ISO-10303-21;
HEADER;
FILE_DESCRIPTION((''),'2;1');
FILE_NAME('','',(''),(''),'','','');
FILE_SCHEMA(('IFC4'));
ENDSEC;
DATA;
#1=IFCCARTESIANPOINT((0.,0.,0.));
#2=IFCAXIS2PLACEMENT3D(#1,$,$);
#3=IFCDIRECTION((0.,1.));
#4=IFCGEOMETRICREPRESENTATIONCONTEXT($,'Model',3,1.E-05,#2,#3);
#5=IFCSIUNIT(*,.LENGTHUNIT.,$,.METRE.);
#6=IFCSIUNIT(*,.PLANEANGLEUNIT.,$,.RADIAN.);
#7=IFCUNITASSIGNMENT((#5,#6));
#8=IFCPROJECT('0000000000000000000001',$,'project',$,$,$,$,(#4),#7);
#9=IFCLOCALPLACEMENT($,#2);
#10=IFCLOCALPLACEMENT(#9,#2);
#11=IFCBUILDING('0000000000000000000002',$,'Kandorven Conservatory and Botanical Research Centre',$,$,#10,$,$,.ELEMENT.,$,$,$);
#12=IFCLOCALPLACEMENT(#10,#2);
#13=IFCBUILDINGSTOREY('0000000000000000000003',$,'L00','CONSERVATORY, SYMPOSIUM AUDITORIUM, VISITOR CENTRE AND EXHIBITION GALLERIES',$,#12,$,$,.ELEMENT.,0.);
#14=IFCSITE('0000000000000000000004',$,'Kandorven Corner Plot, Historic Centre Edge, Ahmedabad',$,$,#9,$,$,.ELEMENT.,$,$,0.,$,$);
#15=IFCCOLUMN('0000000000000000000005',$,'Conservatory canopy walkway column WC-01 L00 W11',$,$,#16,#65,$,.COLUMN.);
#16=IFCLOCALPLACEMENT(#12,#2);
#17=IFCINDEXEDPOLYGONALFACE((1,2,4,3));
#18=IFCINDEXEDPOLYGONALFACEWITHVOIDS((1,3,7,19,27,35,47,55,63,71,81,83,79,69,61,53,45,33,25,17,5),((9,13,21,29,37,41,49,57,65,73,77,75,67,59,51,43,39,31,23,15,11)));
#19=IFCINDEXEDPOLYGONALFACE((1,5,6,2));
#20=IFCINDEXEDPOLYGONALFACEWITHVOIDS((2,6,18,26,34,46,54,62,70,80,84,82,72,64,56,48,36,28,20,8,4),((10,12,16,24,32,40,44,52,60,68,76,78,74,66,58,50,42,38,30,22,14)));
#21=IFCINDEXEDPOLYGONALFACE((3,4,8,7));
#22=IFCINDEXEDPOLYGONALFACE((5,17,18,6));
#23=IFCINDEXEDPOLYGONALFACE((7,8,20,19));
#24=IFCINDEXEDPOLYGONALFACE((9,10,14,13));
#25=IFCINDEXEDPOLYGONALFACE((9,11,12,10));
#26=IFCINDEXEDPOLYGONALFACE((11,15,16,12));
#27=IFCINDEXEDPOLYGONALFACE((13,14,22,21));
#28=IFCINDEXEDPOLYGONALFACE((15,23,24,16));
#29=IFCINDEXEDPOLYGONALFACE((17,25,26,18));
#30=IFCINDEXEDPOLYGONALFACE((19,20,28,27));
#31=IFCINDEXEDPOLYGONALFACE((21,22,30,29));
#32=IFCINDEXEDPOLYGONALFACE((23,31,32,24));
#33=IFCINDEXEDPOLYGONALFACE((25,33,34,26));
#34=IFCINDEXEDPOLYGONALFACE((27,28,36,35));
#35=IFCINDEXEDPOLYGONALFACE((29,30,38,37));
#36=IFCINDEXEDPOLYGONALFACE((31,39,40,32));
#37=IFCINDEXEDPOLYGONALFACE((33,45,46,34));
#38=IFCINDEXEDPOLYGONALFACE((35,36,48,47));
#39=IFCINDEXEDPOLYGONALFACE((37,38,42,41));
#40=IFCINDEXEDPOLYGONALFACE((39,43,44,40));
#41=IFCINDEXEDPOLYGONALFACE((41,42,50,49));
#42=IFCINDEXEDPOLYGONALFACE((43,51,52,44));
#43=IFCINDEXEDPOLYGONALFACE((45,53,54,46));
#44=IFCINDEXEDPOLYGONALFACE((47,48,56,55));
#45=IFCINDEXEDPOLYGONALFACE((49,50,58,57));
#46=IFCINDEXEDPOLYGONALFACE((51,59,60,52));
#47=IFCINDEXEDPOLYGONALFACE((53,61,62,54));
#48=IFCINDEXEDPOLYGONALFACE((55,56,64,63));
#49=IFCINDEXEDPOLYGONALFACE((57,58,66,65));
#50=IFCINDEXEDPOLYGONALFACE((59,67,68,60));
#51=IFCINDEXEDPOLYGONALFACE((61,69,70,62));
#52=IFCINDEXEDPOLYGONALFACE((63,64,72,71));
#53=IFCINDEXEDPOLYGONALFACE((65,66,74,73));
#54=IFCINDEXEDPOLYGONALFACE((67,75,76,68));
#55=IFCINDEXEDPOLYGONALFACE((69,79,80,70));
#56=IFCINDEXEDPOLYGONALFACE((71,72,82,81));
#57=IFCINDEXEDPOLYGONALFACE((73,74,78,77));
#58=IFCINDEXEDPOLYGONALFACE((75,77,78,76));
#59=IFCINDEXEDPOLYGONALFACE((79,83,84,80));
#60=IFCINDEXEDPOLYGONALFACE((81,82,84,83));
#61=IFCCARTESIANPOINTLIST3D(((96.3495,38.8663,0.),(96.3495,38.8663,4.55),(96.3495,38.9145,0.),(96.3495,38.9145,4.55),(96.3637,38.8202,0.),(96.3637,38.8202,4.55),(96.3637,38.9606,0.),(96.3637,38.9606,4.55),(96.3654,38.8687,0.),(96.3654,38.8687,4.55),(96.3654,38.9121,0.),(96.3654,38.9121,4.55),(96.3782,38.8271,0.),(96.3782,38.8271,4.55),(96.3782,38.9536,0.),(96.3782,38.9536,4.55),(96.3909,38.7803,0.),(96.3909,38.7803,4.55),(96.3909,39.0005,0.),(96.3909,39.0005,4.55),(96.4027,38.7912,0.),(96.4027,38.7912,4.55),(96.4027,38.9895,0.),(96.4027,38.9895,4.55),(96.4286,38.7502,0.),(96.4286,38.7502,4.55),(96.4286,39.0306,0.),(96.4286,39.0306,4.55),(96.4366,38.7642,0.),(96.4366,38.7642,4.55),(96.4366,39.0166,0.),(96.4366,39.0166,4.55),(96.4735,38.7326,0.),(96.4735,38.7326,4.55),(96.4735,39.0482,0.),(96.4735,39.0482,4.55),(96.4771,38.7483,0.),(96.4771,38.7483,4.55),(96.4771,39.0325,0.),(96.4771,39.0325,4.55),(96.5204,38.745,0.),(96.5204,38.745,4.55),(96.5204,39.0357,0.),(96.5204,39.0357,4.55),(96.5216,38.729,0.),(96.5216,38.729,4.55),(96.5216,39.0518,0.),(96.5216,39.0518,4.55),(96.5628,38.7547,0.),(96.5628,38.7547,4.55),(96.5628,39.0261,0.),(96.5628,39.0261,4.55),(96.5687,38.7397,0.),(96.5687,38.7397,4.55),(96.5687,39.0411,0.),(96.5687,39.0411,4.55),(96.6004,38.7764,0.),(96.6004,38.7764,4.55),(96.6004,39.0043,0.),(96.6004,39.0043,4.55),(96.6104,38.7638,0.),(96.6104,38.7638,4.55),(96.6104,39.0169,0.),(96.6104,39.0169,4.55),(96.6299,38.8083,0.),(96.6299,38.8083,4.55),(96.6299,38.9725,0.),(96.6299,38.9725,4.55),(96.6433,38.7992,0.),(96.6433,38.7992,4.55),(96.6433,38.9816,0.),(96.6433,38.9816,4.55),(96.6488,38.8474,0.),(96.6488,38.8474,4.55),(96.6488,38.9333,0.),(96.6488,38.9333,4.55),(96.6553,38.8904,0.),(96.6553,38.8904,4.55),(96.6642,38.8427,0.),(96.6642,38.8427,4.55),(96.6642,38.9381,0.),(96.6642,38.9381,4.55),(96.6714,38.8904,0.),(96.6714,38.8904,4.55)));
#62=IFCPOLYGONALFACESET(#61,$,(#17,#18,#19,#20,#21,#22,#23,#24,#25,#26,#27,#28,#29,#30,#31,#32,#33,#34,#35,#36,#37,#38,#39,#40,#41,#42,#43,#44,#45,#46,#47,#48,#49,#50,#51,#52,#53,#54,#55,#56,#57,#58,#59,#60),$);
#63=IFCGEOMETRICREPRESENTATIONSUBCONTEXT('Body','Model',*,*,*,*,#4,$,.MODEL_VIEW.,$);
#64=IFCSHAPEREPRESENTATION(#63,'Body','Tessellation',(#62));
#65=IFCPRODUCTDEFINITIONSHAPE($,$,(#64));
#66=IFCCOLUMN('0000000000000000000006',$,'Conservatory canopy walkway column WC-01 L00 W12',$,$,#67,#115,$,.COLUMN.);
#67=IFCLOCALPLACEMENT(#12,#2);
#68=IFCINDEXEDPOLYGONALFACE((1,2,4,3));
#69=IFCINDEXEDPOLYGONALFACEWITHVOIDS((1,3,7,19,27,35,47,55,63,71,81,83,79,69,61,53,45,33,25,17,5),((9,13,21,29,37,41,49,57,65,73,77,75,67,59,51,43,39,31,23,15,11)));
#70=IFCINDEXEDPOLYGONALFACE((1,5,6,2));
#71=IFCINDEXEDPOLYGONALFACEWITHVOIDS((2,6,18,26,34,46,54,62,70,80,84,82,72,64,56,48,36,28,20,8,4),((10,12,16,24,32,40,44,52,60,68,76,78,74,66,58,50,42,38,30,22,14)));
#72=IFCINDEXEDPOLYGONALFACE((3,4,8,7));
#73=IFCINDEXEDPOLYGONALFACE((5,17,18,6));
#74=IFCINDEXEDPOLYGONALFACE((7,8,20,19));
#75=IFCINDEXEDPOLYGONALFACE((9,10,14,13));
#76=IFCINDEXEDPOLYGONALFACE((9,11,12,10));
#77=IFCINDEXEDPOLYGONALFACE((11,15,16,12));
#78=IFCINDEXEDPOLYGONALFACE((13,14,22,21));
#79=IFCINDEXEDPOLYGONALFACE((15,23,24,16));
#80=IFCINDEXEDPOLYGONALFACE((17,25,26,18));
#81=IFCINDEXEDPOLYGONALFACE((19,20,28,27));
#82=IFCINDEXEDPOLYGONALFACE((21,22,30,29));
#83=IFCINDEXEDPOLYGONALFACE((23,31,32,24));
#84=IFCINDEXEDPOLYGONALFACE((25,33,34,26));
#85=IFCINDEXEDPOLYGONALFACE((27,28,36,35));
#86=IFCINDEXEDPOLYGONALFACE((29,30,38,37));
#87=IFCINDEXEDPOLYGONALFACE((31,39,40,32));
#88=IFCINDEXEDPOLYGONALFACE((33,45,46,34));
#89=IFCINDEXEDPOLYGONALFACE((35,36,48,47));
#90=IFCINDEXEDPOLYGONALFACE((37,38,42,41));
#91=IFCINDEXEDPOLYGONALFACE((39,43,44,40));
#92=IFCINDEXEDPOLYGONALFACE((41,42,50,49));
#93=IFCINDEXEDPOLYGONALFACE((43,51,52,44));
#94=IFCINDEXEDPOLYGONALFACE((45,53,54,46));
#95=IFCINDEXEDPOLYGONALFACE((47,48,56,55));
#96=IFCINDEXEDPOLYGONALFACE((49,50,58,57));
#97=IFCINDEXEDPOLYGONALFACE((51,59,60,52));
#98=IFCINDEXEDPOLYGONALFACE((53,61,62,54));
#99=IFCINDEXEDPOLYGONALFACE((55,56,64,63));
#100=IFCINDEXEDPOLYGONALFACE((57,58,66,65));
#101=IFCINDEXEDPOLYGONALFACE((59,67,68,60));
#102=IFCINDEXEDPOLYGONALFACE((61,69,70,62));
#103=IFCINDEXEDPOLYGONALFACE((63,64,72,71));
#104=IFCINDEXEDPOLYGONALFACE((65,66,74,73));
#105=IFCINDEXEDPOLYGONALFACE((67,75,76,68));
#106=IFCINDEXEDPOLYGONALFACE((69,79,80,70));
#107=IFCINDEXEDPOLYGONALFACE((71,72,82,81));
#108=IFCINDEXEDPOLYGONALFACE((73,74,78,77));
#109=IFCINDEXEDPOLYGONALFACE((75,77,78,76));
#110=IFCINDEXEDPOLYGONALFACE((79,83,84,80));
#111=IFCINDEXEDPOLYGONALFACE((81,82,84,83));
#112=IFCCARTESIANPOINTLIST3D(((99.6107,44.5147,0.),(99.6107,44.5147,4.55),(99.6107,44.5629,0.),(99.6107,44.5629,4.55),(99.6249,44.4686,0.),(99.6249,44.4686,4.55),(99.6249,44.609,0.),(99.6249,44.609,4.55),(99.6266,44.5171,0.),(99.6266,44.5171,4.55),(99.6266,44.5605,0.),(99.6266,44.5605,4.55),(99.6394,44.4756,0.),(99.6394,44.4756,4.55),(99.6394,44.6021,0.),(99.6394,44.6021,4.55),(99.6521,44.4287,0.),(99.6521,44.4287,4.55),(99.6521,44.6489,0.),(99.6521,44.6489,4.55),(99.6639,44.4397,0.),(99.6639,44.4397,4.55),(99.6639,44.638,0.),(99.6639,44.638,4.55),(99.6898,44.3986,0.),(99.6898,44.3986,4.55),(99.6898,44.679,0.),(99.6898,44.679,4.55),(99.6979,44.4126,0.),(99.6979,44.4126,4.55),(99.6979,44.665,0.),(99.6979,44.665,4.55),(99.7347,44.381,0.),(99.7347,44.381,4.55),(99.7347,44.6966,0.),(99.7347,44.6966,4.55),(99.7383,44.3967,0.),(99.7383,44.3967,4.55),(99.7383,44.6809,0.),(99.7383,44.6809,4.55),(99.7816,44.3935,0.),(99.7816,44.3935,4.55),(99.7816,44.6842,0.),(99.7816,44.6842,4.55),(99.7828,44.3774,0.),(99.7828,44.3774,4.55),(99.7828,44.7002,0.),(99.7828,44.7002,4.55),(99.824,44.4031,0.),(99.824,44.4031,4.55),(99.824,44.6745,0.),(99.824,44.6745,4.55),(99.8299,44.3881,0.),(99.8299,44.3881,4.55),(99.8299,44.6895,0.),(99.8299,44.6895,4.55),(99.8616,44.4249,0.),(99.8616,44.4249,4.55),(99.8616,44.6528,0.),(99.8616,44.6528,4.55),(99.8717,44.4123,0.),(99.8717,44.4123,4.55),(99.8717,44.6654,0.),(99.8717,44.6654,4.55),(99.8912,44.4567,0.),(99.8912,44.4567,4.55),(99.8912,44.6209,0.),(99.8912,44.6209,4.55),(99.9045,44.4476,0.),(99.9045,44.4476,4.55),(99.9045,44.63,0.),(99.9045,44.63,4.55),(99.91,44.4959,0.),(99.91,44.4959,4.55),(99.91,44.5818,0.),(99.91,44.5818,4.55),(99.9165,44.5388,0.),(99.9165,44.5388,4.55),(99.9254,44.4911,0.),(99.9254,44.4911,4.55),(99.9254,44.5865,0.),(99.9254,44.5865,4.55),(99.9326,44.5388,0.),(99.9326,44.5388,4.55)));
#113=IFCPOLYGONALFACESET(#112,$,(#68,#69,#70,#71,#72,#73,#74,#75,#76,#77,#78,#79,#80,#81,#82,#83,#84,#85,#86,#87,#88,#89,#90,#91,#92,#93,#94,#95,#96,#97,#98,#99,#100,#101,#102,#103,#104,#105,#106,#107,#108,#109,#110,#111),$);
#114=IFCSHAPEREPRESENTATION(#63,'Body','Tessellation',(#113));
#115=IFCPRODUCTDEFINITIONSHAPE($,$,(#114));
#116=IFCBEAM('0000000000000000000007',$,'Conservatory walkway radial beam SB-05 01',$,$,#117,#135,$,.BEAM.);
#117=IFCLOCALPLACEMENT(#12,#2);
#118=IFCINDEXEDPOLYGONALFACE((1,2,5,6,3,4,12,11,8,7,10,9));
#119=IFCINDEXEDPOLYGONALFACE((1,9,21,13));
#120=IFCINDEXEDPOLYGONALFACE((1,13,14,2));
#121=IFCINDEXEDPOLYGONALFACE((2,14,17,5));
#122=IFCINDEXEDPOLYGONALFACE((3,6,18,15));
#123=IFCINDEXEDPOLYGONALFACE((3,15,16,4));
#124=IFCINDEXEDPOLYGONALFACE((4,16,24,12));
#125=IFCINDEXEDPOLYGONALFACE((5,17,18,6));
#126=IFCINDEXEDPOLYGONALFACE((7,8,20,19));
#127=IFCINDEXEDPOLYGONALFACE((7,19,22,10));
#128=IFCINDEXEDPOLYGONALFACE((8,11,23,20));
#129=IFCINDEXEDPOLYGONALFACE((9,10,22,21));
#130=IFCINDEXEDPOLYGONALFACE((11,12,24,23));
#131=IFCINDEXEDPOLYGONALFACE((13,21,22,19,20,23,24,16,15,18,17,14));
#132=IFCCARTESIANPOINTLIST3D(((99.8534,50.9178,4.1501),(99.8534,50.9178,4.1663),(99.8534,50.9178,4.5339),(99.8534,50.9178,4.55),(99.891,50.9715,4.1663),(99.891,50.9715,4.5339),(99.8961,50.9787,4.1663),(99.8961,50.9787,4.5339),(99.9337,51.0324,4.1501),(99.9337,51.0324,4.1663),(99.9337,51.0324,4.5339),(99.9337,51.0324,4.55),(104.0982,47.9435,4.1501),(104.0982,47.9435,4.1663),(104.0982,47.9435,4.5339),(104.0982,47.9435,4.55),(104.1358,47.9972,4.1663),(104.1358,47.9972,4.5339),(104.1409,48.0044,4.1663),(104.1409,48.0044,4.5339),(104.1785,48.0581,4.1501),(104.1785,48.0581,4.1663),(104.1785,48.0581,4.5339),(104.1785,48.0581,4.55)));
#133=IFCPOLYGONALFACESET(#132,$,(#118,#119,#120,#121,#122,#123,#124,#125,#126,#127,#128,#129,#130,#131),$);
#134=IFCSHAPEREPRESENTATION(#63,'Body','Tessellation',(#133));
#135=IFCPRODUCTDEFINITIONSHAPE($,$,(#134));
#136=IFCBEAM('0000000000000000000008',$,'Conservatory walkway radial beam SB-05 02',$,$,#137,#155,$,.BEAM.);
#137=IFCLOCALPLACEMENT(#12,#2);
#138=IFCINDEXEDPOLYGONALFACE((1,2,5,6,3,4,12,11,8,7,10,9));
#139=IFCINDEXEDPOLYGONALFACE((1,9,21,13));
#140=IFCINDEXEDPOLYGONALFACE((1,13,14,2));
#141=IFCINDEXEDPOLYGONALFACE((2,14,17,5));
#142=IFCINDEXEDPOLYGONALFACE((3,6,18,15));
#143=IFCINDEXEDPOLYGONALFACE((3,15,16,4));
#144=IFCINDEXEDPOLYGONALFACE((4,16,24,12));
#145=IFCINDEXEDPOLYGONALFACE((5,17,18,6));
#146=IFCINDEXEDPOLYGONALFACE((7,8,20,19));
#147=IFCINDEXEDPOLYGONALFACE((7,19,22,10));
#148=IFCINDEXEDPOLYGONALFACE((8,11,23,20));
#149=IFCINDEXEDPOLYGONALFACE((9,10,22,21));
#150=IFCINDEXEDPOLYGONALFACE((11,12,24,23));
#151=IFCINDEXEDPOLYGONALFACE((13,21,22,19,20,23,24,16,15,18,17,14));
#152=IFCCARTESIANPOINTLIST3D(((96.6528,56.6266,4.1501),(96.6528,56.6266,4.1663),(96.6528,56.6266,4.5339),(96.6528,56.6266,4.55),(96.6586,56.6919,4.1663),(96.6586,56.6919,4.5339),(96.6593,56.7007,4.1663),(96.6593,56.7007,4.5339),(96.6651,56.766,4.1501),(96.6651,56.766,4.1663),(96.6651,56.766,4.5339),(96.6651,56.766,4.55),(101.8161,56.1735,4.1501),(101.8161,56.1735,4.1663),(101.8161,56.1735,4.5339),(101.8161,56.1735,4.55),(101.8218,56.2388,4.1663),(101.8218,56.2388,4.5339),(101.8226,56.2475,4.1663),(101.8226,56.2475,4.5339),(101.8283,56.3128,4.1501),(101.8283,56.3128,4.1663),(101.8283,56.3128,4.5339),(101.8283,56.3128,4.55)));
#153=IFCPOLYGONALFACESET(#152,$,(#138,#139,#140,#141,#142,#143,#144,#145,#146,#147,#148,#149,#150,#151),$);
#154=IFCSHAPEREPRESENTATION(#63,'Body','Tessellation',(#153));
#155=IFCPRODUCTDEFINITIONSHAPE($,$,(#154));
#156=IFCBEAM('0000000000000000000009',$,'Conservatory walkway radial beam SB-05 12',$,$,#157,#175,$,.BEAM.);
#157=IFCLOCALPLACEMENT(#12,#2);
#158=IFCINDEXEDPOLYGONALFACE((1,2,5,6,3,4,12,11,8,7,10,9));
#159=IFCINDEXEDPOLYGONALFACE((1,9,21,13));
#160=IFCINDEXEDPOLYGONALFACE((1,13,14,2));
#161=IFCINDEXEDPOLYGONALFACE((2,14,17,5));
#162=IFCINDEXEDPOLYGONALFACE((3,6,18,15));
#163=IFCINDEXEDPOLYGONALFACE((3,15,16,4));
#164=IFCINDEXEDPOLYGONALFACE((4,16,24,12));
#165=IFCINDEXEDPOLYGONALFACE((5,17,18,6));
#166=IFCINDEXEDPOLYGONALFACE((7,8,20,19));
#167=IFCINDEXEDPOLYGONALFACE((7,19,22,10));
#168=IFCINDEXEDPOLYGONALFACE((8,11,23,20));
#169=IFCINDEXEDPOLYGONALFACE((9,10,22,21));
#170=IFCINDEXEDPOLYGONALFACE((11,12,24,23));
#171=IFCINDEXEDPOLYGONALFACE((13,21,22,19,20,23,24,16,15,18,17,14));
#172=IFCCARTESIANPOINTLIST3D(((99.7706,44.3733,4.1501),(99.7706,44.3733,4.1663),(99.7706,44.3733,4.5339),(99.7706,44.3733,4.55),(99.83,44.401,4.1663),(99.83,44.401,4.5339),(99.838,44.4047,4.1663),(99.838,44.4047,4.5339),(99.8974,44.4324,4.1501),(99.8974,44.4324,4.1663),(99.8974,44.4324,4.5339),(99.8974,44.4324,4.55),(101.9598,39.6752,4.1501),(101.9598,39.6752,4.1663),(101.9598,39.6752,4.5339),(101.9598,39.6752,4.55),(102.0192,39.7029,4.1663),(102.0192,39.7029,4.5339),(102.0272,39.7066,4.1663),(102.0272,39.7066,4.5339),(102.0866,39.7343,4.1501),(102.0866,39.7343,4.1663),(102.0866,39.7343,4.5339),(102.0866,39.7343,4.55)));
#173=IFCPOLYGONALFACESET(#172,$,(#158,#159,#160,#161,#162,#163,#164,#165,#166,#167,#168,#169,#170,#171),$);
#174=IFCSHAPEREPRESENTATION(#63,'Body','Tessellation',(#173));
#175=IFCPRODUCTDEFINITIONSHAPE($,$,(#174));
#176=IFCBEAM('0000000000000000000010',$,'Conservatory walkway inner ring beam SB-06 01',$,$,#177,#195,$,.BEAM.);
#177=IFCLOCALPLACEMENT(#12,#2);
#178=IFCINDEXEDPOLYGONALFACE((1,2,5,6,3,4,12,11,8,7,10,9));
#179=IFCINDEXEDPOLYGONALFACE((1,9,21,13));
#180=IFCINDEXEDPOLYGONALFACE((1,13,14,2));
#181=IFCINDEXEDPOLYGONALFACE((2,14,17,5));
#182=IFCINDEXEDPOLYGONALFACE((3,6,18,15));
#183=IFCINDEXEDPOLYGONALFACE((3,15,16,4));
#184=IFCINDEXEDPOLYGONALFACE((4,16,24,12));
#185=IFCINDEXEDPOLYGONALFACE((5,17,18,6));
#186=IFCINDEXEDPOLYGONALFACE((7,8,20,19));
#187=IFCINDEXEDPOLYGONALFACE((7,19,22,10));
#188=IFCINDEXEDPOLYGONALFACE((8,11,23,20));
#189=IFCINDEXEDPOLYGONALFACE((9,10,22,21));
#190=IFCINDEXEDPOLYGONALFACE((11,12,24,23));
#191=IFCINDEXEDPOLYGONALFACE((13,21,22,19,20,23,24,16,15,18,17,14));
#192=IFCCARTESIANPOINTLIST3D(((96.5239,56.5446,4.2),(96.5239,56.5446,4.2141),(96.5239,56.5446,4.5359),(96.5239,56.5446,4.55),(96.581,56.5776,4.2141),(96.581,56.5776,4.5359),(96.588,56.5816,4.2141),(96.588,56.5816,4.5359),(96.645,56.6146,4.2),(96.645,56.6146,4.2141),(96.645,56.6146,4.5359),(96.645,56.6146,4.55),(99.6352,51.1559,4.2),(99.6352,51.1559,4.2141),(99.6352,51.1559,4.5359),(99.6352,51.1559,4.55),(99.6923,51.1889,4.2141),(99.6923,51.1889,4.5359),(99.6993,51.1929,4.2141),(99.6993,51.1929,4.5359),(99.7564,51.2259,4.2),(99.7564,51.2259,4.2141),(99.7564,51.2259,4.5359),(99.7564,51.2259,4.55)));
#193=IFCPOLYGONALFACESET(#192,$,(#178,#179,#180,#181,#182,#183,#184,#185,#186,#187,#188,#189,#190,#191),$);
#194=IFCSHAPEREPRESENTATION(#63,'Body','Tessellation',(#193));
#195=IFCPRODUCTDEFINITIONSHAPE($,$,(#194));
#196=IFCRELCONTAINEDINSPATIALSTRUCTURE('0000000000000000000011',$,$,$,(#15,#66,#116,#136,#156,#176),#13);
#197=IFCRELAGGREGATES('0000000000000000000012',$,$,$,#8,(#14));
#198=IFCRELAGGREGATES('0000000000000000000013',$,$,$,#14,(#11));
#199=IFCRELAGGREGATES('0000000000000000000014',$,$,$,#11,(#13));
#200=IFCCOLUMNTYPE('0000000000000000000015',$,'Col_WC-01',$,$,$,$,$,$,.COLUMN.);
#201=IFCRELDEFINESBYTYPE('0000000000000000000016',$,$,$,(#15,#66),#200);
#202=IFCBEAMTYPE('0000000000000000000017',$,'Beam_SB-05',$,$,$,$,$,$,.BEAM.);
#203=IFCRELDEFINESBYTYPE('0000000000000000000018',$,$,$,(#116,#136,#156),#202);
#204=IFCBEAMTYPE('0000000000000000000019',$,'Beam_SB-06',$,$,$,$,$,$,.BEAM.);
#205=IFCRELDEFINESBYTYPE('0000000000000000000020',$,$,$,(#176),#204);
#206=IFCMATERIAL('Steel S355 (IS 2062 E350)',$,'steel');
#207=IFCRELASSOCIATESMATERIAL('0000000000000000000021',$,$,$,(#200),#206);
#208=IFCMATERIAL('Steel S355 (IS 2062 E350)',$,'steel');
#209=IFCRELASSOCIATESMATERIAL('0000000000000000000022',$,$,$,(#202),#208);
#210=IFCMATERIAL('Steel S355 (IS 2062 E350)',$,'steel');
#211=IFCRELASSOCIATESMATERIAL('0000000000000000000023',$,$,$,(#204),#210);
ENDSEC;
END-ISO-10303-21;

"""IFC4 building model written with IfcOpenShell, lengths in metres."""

from ifc_helpers import new_model, si_unit, direction, frame, origin, origin_2d, place, context, subcontext, project, spatial, hollow_circle, i_section, extrude, material, material_profile, profile_set, type_object, element, save


model = new_model("IFC4")

# Units and contexts
model_context = context("Model", 3, precision=1e-05, world=origin(), true_north=direction((0.0, 1.0)))
body_context = subcontext(model_context, "Body", "Model", "MODEL_VIEW")
ifc_project = project(units=[si_unit("LENGTHUNIT", "METRE"), si_unit("PLANEANGLEUNIT", "RADIAN")], contexts=[model_context])

# Site, building, storey
site_placement = place(None, origin())
site = spatial("IfcSite", under=ifc_project, at=site_placement, Name="Kandorven Corner Plot, Historic Centre Edge, Ahmedabad", CompositionType="ELEMENT", RefElevation=0.0)
building_placement = place(site_placement, origin())
building = spatial("IfcBuilding", under=site, at=building_placement, Name="Kandorven Conservatory and Botanical Research Centre", CompositionType="ELEMENT")
storey_placement = place(building_placement, origin())
storey = spatial("IfcBuildingStorey", under=building, at=storey_placement, Name="L00", Description="CONSERVATORY, SYMPOSIUM AUDITORIUM, VISITOR CENTRE AND EXHIBITION GALLERIES", CompositionType="ELEMENT", Elevation=0.0)

# Columns
ifc_material_1 = material(Name="Steel S355 (IS 2062 E350)", Category="steel")
ifc_material_profile_1 = material_profile(ifc_material_1, hollow_circle(Radius=0.1619, WallThickness=0.0161, at=origin_2d()))
ifc_profile_set_1 = profile_set([ifc_material_profile_1], Name="Steel S355 (IS 2062 E350)")
column_type_1 = type_object("IfcColumnType", Name="Col_WC-01", PredefinedType="COLUMN", material=ifc_profile_set_1)
for number, where, z_axis, x_axis, name in (
    (1, (96.5095, 38.8904, 0.0), (0.0, 0.0, 1.0), (1.0, 0.0, 0.0), "Conservatory canopy walkway column WC-01 L00 W11"),
    (2, (99.7708, 44.5388, 0.0), (0.0, 0.0, 1.0), (1.0, 0.0, 0.0), "Conservatory canopy walkway column WC-01 L00 W12"),
):
    element("IfcColumn", number, at=place(storey_placement, frame(where, z_axis=z_axis, x_axis=x_axis)), inside=storey, type_object=column_type_1, Name=name, PredefinedType="COLUMN", context=body_context, shape_type="SweptSolid", body=[
        extrude(hollow_circle(Radius=0.1619, WallThickness=0.0161, at=origin_2d()), origin(), (0.0, 0.0, 1.0), 4.55),
    ])

# Beams
ifc_material_2 = material(Name="Steel S355 (IS 2062 E350)", Category="steel")
ifc_material_profile_2 = material_profile(ifc_material_2, i_section(OverallWidth=0.1399, OverallDepth=0.3999, WebThickness=0.0088, FlangeThickness=0.0161, at=origin_2d()))
ifc_profile_set_2 = profile_set([ifc_material_profile_2], Name="Steel S355 (IS 2062 E350)")
beam_type_1 = type_object("IfcBeamType", Name="Beam_SB-05", PredefinedType="BEAM", material=ifc_profile_set_2)
for number, where, z_axis, x_axis, name in (
    (3, (99.8936, 50.9751, 4.3501), (0.818964, -0.573845, 0.0), (0.573845, 0.818964, 0.0), "Conservatory walkway radial beam SB-05 01"),
    (4, (96.6589, 56.6963, 4.3501), (0.996171, -0.087422, 0.0), (0.087422, 0.996171, 0.0), "Conservatory walkway radial beam SB-05 02"),
    (5, (99.834, 44.4028, 4.3501), (0.42238, -0.906419, 0.0), (0.906419, 0.42238, 0.0), "Conservatory walkway radial beam SB-05 12"),
):
    element("IfcBeam", number, at=place(storey_placement, frame(where, z_axis=z_axis, x_axis=x_axis)), inside=storey, type_object=beam_type_1, Name=name, PredefinedType="BEAM", context=body_context, shape_type="SweptSolid", body=[
        extrude(i_section(OverallWidth=0.1399, OverallDepth=0.3999, WebThickness=0.0088, FlangeThickness=0.0161, at=origin_2d()), origin(), (0.0, 0.0, 1.0), 5.1831),
    ])
ifc_material_3 = material(Name="Steel S355 (IS 2062 E350)", Category="steel")
ifc_material_profile_3 = material_profile(ifc_material_3, i_section(OverallWidth=0.1399, OverallDepth=0.3501, WebThickness=0.0081, FlangeThickness=0.0142, at=origin_2d()))
ifc_profile_set_3 = profile_set([ifc_material_profile_3], Name="Steel S355 (IS 2062 E350)")
beam_type_2 = type_object("IfcBeamType", Name="Beam_SB-06", PredefinedType="BEAM", material=ifc_profile_set_3)
for number, where, z_axis, x_axis, name in (
    (6, (99.6958, 51.1909, 4.375), (-0.500021, 0.866013, 0.0), (-0.866013, -0.500021, 0.0), "Conservatory walkway inner ring beam SB-06 01"),
):
    element("IfcBeam", number, at=place(storey_placement, frame(where, z_axis=z_axis, x_axis=x_axis)), inside=storey, type_object=beam_type_2, Name=name, PredefinedType="BEAM", context=body_context, shape_type="SweptSolid", body=[
        extrude(i_section(OverallWidth=0.1399, OverallDepth=0.3501, WebThickness=0.0081, FlangeThickness=0.0142, at=origin_2d()), origin(), (0.0, 0.0, 1.0), 6.2224),
    ])

save(model, "model.ifc")
